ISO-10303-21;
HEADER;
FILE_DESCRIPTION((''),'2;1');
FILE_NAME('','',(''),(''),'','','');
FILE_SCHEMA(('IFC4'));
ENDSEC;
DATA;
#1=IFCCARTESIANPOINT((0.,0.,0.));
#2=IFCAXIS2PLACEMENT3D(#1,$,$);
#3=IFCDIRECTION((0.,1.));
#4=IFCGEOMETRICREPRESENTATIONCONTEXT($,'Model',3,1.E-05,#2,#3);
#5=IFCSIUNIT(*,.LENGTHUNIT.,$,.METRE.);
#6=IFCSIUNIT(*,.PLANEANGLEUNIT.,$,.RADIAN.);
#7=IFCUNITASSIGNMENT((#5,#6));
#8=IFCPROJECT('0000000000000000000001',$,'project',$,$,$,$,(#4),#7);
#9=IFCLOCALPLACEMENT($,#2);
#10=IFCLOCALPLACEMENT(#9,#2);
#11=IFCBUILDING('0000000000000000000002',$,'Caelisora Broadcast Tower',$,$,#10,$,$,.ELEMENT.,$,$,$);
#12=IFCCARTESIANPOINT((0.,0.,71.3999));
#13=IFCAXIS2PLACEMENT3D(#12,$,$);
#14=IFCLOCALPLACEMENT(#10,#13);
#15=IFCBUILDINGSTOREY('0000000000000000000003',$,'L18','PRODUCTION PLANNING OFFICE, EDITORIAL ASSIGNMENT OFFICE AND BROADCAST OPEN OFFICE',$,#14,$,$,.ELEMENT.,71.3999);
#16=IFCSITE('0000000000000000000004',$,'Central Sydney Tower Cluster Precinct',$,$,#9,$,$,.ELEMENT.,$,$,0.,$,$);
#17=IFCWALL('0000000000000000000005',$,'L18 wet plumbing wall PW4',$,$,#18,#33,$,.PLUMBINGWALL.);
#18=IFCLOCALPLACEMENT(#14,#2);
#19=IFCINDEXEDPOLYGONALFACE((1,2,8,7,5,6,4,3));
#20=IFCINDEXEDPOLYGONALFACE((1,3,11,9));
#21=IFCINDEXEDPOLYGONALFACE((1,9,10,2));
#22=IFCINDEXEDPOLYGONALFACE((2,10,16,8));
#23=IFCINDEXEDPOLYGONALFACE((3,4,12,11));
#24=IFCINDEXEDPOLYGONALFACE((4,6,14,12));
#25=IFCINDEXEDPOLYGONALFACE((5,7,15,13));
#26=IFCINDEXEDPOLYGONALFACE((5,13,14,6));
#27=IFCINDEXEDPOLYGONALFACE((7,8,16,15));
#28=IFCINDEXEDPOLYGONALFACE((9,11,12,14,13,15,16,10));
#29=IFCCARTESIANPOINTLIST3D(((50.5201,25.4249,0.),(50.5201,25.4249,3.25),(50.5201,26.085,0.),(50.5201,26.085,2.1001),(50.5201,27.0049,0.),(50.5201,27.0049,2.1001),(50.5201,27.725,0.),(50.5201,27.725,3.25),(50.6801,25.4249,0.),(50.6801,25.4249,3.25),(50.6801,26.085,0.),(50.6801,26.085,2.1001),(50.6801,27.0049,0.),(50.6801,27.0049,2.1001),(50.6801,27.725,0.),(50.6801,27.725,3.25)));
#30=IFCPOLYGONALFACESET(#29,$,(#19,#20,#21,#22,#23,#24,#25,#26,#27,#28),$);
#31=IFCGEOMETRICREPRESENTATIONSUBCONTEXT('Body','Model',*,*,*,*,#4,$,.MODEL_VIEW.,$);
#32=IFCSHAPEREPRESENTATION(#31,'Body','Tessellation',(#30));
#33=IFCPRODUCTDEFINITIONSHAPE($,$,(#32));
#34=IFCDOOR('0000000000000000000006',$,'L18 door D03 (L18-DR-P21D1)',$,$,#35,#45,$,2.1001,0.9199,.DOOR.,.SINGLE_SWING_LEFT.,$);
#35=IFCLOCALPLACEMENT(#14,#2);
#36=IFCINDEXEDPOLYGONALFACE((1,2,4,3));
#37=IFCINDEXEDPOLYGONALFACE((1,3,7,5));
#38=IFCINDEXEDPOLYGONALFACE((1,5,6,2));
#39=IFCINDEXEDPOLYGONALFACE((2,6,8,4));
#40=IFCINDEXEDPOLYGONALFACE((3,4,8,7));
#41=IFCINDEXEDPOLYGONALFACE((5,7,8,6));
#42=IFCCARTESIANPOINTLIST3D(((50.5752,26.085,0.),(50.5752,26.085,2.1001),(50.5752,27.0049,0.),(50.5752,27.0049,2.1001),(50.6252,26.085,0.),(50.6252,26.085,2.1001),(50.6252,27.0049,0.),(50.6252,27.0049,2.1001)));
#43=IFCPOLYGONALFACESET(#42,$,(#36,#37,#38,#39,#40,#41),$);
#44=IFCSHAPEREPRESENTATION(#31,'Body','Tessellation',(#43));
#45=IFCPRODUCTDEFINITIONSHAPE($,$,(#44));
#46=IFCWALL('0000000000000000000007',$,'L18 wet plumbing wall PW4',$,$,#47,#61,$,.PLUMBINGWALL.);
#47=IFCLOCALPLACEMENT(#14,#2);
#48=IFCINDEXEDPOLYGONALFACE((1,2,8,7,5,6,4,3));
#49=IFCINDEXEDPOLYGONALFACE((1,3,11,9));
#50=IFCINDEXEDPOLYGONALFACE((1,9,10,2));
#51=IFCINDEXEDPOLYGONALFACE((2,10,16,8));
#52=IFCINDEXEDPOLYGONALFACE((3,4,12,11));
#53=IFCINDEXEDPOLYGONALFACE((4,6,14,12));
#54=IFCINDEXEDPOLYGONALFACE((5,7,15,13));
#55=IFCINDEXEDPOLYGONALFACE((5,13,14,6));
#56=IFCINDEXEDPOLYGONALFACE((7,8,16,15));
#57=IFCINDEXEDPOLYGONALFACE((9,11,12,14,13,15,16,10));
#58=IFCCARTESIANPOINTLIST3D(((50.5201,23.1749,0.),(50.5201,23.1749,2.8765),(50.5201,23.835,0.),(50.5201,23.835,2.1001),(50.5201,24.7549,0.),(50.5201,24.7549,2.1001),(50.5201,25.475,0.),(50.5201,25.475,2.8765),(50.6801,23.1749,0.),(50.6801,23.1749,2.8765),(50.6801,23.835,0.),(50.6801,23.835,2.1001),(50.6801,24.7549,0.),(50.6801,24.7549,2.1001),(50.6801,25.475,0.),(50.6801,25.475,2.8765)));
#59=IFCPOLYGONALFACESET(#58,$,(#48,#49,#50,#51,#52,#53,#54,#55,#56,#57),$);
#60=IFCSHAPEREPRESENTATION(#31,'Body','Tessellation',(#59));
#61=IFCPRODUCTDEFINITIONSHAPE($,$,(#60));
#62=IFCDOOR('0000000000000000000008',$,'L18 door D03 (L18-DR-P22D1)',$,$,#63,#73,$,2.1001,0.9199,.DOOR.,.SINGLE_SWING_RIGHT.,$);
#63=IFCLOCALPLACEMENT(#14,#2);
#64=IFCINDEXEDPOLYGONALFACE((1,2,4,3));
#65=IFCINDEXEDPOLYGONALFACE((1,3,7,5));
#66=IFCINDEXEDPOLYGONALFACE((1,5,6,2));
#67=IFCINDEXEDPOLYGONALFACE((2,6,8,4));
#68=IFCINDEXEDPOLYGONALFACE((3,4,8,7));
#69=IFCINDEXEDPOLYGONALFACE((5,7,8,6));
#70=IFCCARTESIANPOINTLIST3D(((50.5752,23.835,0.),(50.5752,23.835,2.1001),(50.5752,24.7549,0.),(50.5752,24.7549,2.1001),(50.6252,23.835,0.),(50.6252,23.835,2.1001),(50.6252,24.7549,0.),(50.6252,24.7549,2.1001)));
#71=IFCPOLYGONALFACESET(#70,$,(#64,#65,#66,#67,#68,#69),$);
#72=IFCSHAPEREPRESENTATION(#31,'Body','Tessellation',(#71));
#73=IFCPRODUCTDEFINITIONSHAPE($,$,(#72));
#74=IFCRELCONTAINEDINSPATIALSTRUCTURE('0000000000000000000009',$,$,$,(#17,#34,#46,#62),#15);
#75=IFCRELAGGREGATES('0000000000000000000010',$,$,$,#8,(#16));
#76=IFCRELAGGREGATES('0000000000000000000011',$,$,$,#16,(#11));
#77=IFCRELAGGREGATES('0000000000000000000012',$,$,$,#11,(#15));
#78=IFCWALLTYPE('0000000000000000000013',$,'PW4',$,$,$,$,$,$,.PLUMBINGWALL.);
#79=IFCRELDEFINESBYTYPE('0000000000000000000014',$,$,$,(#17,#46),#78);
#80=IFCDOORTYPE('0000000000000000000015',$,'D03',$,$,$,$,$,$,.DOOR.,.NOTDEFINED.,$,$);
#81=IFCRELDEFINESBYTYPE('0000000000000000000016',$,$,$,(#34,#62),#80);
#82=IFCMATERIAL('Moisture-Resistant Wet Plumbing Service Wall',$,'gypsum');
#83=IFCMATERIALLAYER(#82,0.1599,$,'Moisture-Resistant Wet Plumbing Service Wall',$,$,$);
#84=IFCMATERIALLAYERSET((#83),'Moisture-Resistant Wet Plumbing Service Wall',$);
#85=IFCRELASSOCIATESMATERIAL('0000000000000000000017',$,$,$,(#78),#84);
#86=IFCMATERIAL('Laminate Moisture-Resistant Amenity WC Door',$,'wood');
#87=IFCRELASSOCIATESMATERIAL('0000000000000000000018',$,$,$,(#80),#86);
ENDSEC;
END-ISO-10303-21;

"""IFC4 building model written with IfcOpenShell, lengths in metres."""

from ifc_helpers import new_model, si_unit, direction, frame, frame_2d, origin, place, context, subcontext, project, spatial, rectangle, extrude, material, layer, layer_set, type_object, element, fill, save


model = new_model("IFC4")

# Units and contexts
model_context = context("Model", 3, precision=1e-05, world=origin(), true_north=direction((0.0, 1.0)))
body_context = subcontext(model_context, "Body", "Model", "MODEL_VIEW")
ifc_project = project(units=[si_unit("LENGTHUNIT", "METRE"), si_unit("PLANEANGLEUNIT", "RADIAN")], contexts=[model_context])

# Site, building, storey
site_placement = place(None, origin())
site = spatial("IfcSite", under=ifc_project, at=site_placement, Name="Central Sydney Tower Cluster Precinct", CompositionType="ELEMENT", RefElevation=0.0)
building_placement = place(site_placement, origin())
building = spatial("IfcBuilding", under=site, at=building_placement, Name="Caelisora Broadcast Tower", CompositionType="ELEMENT")
storey_placement = place(building_placement, frame((0.0, 0.0, 71.3999)))
storey = spatial("IfcBuildingStorey", under=building, at=storey_placement, Name="L18", Description="PRODUCTION PLANNING OFFICE, EDITORIAL ASSIGNMENT OFFICE AND BROADCAST OPEN OFFICE", CompositionType="ELEMENT", Elevation=71.3999)

# Shared definitions
ifc_material_1 = material(Name="Moisture-Resistant Wet Plumbing Service Wall", Category="gypsum")
ifc_layer_1 = layer(ifc_material_1, 0.1599, Name="Moisture-Resistant Wet Plumbing Service Wall")
ifc_layer_set_1 = layer_set([ifc_layer_1], Name="Moisture-Resistant Wet Plumbing Service Wall")
wall_type_1 = type_object("IfcWallType", Name="PW4", PredefinedType="PLUMBINGWALL", material=ifc_layer_set_1)

# Walls, openings, doors
wall_1_placement = place(storey_placement, frame((50.6001, 25.425, 0.0), z_axis=(0.0, 0.0, 1.0), x_axis=(0.0, 1.0, 0.0)))
wall_1 = element("IfcWall", 1, at=wall_1_placement, inside=storey, type_object=wall_type_1, Name="L18 wet plumbing wall PW4", PredefinedType="PLUMBINGWALL", context=body_context, shape_type="SweptSolid", body=[
    extrude(rectangle(XDim=2.3, YDim=0.1599, at=frame_2d((1.1499, 0.0))), origin(), (0.0, 0.0, 1.0), 3.25),
])
opening_1_placement = place(wall_1_placement, frame((0.6599, 0.0, 0.0)))
opening_1 = element("IfcOpeningElement", 2, at=opening_1_placement, cuts=wall_1, PredefinedType="OPENING", context=body_context, shape_type="SweptSolid", body=[
    extrude(rectangle(XDim=0.9199, YDim=2.1001, at=frame_2d((0.46, 1.05))), frame((0.0, 0.092, 0.0), z_axis=(0.0, -1.0, 0.0), x_axis=(1.0, 0.0, 0.0)), (0.0, 0.0, 1.0), 0.1838),
])
ifc_material_2 = material(Name="Laminate Moisture-Resistant Amenity WC Door", Category="wood")
door_type_1 = type_object("IfcDoorType", Name="D03", OperationType="NOTDEFINED", PredefinedType="DOOR", material=ifc_material_2)
door_1_placement = place(opening_1_placement, origin())
door_1 = element("IfcDoor", 3, at=door_1_placement, inside=storey, type_object=door_type_1, Name="L18 door D03 (L18-DR-P21D1)", OperationType="SINGLE_SWING_LEFT", OverallHeight=2.1001, OverallWidth=0.9199, PredefinedType="DOOR", context=body_context, shape_type="SweptSolid", body=[
    extrude(rectangle(XDim=0.9199, YDim=2.1001, at=frame_2d((0.46, 1.05))), frame((0.0, 0.0249, 0.0), z_axis=(0.0, -1.0, 0.0), x_axis=(1.0, 0.0, 0.0)), (0.0, 0.0, 1.0), 0.05),
])
fill(opening_1, door_1)
wall_2_placement = place(storey_placement, frame((50.6001, 23.175, 0.0), z_axis=(0.0, 0.0, 1.0), x_axis=(0.0, 1.0, 0.0)))
wall_2 = element("IfcWall", 4, at=wall_2_placement, inside=storey, type_object=wall_type_1, Name="L18 wet plumbing wall PW4", PredefinedType="PLUMBINGWALL", context=body_context, shape_type="SweptSolid", body=[
    extrude(rectangle(XDim=2.3, YDim=0.1599, at=frame_2d((1.1499, 0.0))), origin(), (0.0, 0.0, 1.0), 2.8765),
])
opening_2_placement = place(wall_2_placement, frame((0.6599, 0.0, 0.0)))
opening_2 = element("IfcOpeningElement", 5, at=opening_2_placement, cuts=wall_2, PredefinedType="OPENING", context=body_context, shape_type="SweptSolid", body=[
    extrude(rectangle(XDim=0.9199, YDim=2.1001, at=frame_2d((0.46, 1.05))), frame((0.0, 0.092, 0.0), z_axis=(0.0, -1.0, 0.0), x_axis=(1.0, 0.0, 0.0)), (0.0, 0.0, 1.0), 0.1838),
])
door_2_placement = place(opening_2_placement, origin())
door_2 = element("IfcDoor", 6, at=door_2_placement, inside=storey, type_object=door_type_1, Name="L18 door D03 (L18-DR-P22D1)", OperationType="SINGLE_SWING_RIGHT", OverallHeight=2.1001, OverallWidth=0.9199, PredefinedType="DOOR", context=body_context, shape_type="SweptSolid", body=[
    extrude(rectangle(XDim=0.9199, YDim=2.1001, at=frame_2d((0.46, 1.05))), frame((0.0, 0.0249, 0.0), z_axis=(0.0, -1.0, 0.0), x_axis=(1.0, 0.0, 0.0)), (0.0, 0.0, 1.0), 0.05),
])
fill(opening_2, door_2)

save(model, "model.ifc")
